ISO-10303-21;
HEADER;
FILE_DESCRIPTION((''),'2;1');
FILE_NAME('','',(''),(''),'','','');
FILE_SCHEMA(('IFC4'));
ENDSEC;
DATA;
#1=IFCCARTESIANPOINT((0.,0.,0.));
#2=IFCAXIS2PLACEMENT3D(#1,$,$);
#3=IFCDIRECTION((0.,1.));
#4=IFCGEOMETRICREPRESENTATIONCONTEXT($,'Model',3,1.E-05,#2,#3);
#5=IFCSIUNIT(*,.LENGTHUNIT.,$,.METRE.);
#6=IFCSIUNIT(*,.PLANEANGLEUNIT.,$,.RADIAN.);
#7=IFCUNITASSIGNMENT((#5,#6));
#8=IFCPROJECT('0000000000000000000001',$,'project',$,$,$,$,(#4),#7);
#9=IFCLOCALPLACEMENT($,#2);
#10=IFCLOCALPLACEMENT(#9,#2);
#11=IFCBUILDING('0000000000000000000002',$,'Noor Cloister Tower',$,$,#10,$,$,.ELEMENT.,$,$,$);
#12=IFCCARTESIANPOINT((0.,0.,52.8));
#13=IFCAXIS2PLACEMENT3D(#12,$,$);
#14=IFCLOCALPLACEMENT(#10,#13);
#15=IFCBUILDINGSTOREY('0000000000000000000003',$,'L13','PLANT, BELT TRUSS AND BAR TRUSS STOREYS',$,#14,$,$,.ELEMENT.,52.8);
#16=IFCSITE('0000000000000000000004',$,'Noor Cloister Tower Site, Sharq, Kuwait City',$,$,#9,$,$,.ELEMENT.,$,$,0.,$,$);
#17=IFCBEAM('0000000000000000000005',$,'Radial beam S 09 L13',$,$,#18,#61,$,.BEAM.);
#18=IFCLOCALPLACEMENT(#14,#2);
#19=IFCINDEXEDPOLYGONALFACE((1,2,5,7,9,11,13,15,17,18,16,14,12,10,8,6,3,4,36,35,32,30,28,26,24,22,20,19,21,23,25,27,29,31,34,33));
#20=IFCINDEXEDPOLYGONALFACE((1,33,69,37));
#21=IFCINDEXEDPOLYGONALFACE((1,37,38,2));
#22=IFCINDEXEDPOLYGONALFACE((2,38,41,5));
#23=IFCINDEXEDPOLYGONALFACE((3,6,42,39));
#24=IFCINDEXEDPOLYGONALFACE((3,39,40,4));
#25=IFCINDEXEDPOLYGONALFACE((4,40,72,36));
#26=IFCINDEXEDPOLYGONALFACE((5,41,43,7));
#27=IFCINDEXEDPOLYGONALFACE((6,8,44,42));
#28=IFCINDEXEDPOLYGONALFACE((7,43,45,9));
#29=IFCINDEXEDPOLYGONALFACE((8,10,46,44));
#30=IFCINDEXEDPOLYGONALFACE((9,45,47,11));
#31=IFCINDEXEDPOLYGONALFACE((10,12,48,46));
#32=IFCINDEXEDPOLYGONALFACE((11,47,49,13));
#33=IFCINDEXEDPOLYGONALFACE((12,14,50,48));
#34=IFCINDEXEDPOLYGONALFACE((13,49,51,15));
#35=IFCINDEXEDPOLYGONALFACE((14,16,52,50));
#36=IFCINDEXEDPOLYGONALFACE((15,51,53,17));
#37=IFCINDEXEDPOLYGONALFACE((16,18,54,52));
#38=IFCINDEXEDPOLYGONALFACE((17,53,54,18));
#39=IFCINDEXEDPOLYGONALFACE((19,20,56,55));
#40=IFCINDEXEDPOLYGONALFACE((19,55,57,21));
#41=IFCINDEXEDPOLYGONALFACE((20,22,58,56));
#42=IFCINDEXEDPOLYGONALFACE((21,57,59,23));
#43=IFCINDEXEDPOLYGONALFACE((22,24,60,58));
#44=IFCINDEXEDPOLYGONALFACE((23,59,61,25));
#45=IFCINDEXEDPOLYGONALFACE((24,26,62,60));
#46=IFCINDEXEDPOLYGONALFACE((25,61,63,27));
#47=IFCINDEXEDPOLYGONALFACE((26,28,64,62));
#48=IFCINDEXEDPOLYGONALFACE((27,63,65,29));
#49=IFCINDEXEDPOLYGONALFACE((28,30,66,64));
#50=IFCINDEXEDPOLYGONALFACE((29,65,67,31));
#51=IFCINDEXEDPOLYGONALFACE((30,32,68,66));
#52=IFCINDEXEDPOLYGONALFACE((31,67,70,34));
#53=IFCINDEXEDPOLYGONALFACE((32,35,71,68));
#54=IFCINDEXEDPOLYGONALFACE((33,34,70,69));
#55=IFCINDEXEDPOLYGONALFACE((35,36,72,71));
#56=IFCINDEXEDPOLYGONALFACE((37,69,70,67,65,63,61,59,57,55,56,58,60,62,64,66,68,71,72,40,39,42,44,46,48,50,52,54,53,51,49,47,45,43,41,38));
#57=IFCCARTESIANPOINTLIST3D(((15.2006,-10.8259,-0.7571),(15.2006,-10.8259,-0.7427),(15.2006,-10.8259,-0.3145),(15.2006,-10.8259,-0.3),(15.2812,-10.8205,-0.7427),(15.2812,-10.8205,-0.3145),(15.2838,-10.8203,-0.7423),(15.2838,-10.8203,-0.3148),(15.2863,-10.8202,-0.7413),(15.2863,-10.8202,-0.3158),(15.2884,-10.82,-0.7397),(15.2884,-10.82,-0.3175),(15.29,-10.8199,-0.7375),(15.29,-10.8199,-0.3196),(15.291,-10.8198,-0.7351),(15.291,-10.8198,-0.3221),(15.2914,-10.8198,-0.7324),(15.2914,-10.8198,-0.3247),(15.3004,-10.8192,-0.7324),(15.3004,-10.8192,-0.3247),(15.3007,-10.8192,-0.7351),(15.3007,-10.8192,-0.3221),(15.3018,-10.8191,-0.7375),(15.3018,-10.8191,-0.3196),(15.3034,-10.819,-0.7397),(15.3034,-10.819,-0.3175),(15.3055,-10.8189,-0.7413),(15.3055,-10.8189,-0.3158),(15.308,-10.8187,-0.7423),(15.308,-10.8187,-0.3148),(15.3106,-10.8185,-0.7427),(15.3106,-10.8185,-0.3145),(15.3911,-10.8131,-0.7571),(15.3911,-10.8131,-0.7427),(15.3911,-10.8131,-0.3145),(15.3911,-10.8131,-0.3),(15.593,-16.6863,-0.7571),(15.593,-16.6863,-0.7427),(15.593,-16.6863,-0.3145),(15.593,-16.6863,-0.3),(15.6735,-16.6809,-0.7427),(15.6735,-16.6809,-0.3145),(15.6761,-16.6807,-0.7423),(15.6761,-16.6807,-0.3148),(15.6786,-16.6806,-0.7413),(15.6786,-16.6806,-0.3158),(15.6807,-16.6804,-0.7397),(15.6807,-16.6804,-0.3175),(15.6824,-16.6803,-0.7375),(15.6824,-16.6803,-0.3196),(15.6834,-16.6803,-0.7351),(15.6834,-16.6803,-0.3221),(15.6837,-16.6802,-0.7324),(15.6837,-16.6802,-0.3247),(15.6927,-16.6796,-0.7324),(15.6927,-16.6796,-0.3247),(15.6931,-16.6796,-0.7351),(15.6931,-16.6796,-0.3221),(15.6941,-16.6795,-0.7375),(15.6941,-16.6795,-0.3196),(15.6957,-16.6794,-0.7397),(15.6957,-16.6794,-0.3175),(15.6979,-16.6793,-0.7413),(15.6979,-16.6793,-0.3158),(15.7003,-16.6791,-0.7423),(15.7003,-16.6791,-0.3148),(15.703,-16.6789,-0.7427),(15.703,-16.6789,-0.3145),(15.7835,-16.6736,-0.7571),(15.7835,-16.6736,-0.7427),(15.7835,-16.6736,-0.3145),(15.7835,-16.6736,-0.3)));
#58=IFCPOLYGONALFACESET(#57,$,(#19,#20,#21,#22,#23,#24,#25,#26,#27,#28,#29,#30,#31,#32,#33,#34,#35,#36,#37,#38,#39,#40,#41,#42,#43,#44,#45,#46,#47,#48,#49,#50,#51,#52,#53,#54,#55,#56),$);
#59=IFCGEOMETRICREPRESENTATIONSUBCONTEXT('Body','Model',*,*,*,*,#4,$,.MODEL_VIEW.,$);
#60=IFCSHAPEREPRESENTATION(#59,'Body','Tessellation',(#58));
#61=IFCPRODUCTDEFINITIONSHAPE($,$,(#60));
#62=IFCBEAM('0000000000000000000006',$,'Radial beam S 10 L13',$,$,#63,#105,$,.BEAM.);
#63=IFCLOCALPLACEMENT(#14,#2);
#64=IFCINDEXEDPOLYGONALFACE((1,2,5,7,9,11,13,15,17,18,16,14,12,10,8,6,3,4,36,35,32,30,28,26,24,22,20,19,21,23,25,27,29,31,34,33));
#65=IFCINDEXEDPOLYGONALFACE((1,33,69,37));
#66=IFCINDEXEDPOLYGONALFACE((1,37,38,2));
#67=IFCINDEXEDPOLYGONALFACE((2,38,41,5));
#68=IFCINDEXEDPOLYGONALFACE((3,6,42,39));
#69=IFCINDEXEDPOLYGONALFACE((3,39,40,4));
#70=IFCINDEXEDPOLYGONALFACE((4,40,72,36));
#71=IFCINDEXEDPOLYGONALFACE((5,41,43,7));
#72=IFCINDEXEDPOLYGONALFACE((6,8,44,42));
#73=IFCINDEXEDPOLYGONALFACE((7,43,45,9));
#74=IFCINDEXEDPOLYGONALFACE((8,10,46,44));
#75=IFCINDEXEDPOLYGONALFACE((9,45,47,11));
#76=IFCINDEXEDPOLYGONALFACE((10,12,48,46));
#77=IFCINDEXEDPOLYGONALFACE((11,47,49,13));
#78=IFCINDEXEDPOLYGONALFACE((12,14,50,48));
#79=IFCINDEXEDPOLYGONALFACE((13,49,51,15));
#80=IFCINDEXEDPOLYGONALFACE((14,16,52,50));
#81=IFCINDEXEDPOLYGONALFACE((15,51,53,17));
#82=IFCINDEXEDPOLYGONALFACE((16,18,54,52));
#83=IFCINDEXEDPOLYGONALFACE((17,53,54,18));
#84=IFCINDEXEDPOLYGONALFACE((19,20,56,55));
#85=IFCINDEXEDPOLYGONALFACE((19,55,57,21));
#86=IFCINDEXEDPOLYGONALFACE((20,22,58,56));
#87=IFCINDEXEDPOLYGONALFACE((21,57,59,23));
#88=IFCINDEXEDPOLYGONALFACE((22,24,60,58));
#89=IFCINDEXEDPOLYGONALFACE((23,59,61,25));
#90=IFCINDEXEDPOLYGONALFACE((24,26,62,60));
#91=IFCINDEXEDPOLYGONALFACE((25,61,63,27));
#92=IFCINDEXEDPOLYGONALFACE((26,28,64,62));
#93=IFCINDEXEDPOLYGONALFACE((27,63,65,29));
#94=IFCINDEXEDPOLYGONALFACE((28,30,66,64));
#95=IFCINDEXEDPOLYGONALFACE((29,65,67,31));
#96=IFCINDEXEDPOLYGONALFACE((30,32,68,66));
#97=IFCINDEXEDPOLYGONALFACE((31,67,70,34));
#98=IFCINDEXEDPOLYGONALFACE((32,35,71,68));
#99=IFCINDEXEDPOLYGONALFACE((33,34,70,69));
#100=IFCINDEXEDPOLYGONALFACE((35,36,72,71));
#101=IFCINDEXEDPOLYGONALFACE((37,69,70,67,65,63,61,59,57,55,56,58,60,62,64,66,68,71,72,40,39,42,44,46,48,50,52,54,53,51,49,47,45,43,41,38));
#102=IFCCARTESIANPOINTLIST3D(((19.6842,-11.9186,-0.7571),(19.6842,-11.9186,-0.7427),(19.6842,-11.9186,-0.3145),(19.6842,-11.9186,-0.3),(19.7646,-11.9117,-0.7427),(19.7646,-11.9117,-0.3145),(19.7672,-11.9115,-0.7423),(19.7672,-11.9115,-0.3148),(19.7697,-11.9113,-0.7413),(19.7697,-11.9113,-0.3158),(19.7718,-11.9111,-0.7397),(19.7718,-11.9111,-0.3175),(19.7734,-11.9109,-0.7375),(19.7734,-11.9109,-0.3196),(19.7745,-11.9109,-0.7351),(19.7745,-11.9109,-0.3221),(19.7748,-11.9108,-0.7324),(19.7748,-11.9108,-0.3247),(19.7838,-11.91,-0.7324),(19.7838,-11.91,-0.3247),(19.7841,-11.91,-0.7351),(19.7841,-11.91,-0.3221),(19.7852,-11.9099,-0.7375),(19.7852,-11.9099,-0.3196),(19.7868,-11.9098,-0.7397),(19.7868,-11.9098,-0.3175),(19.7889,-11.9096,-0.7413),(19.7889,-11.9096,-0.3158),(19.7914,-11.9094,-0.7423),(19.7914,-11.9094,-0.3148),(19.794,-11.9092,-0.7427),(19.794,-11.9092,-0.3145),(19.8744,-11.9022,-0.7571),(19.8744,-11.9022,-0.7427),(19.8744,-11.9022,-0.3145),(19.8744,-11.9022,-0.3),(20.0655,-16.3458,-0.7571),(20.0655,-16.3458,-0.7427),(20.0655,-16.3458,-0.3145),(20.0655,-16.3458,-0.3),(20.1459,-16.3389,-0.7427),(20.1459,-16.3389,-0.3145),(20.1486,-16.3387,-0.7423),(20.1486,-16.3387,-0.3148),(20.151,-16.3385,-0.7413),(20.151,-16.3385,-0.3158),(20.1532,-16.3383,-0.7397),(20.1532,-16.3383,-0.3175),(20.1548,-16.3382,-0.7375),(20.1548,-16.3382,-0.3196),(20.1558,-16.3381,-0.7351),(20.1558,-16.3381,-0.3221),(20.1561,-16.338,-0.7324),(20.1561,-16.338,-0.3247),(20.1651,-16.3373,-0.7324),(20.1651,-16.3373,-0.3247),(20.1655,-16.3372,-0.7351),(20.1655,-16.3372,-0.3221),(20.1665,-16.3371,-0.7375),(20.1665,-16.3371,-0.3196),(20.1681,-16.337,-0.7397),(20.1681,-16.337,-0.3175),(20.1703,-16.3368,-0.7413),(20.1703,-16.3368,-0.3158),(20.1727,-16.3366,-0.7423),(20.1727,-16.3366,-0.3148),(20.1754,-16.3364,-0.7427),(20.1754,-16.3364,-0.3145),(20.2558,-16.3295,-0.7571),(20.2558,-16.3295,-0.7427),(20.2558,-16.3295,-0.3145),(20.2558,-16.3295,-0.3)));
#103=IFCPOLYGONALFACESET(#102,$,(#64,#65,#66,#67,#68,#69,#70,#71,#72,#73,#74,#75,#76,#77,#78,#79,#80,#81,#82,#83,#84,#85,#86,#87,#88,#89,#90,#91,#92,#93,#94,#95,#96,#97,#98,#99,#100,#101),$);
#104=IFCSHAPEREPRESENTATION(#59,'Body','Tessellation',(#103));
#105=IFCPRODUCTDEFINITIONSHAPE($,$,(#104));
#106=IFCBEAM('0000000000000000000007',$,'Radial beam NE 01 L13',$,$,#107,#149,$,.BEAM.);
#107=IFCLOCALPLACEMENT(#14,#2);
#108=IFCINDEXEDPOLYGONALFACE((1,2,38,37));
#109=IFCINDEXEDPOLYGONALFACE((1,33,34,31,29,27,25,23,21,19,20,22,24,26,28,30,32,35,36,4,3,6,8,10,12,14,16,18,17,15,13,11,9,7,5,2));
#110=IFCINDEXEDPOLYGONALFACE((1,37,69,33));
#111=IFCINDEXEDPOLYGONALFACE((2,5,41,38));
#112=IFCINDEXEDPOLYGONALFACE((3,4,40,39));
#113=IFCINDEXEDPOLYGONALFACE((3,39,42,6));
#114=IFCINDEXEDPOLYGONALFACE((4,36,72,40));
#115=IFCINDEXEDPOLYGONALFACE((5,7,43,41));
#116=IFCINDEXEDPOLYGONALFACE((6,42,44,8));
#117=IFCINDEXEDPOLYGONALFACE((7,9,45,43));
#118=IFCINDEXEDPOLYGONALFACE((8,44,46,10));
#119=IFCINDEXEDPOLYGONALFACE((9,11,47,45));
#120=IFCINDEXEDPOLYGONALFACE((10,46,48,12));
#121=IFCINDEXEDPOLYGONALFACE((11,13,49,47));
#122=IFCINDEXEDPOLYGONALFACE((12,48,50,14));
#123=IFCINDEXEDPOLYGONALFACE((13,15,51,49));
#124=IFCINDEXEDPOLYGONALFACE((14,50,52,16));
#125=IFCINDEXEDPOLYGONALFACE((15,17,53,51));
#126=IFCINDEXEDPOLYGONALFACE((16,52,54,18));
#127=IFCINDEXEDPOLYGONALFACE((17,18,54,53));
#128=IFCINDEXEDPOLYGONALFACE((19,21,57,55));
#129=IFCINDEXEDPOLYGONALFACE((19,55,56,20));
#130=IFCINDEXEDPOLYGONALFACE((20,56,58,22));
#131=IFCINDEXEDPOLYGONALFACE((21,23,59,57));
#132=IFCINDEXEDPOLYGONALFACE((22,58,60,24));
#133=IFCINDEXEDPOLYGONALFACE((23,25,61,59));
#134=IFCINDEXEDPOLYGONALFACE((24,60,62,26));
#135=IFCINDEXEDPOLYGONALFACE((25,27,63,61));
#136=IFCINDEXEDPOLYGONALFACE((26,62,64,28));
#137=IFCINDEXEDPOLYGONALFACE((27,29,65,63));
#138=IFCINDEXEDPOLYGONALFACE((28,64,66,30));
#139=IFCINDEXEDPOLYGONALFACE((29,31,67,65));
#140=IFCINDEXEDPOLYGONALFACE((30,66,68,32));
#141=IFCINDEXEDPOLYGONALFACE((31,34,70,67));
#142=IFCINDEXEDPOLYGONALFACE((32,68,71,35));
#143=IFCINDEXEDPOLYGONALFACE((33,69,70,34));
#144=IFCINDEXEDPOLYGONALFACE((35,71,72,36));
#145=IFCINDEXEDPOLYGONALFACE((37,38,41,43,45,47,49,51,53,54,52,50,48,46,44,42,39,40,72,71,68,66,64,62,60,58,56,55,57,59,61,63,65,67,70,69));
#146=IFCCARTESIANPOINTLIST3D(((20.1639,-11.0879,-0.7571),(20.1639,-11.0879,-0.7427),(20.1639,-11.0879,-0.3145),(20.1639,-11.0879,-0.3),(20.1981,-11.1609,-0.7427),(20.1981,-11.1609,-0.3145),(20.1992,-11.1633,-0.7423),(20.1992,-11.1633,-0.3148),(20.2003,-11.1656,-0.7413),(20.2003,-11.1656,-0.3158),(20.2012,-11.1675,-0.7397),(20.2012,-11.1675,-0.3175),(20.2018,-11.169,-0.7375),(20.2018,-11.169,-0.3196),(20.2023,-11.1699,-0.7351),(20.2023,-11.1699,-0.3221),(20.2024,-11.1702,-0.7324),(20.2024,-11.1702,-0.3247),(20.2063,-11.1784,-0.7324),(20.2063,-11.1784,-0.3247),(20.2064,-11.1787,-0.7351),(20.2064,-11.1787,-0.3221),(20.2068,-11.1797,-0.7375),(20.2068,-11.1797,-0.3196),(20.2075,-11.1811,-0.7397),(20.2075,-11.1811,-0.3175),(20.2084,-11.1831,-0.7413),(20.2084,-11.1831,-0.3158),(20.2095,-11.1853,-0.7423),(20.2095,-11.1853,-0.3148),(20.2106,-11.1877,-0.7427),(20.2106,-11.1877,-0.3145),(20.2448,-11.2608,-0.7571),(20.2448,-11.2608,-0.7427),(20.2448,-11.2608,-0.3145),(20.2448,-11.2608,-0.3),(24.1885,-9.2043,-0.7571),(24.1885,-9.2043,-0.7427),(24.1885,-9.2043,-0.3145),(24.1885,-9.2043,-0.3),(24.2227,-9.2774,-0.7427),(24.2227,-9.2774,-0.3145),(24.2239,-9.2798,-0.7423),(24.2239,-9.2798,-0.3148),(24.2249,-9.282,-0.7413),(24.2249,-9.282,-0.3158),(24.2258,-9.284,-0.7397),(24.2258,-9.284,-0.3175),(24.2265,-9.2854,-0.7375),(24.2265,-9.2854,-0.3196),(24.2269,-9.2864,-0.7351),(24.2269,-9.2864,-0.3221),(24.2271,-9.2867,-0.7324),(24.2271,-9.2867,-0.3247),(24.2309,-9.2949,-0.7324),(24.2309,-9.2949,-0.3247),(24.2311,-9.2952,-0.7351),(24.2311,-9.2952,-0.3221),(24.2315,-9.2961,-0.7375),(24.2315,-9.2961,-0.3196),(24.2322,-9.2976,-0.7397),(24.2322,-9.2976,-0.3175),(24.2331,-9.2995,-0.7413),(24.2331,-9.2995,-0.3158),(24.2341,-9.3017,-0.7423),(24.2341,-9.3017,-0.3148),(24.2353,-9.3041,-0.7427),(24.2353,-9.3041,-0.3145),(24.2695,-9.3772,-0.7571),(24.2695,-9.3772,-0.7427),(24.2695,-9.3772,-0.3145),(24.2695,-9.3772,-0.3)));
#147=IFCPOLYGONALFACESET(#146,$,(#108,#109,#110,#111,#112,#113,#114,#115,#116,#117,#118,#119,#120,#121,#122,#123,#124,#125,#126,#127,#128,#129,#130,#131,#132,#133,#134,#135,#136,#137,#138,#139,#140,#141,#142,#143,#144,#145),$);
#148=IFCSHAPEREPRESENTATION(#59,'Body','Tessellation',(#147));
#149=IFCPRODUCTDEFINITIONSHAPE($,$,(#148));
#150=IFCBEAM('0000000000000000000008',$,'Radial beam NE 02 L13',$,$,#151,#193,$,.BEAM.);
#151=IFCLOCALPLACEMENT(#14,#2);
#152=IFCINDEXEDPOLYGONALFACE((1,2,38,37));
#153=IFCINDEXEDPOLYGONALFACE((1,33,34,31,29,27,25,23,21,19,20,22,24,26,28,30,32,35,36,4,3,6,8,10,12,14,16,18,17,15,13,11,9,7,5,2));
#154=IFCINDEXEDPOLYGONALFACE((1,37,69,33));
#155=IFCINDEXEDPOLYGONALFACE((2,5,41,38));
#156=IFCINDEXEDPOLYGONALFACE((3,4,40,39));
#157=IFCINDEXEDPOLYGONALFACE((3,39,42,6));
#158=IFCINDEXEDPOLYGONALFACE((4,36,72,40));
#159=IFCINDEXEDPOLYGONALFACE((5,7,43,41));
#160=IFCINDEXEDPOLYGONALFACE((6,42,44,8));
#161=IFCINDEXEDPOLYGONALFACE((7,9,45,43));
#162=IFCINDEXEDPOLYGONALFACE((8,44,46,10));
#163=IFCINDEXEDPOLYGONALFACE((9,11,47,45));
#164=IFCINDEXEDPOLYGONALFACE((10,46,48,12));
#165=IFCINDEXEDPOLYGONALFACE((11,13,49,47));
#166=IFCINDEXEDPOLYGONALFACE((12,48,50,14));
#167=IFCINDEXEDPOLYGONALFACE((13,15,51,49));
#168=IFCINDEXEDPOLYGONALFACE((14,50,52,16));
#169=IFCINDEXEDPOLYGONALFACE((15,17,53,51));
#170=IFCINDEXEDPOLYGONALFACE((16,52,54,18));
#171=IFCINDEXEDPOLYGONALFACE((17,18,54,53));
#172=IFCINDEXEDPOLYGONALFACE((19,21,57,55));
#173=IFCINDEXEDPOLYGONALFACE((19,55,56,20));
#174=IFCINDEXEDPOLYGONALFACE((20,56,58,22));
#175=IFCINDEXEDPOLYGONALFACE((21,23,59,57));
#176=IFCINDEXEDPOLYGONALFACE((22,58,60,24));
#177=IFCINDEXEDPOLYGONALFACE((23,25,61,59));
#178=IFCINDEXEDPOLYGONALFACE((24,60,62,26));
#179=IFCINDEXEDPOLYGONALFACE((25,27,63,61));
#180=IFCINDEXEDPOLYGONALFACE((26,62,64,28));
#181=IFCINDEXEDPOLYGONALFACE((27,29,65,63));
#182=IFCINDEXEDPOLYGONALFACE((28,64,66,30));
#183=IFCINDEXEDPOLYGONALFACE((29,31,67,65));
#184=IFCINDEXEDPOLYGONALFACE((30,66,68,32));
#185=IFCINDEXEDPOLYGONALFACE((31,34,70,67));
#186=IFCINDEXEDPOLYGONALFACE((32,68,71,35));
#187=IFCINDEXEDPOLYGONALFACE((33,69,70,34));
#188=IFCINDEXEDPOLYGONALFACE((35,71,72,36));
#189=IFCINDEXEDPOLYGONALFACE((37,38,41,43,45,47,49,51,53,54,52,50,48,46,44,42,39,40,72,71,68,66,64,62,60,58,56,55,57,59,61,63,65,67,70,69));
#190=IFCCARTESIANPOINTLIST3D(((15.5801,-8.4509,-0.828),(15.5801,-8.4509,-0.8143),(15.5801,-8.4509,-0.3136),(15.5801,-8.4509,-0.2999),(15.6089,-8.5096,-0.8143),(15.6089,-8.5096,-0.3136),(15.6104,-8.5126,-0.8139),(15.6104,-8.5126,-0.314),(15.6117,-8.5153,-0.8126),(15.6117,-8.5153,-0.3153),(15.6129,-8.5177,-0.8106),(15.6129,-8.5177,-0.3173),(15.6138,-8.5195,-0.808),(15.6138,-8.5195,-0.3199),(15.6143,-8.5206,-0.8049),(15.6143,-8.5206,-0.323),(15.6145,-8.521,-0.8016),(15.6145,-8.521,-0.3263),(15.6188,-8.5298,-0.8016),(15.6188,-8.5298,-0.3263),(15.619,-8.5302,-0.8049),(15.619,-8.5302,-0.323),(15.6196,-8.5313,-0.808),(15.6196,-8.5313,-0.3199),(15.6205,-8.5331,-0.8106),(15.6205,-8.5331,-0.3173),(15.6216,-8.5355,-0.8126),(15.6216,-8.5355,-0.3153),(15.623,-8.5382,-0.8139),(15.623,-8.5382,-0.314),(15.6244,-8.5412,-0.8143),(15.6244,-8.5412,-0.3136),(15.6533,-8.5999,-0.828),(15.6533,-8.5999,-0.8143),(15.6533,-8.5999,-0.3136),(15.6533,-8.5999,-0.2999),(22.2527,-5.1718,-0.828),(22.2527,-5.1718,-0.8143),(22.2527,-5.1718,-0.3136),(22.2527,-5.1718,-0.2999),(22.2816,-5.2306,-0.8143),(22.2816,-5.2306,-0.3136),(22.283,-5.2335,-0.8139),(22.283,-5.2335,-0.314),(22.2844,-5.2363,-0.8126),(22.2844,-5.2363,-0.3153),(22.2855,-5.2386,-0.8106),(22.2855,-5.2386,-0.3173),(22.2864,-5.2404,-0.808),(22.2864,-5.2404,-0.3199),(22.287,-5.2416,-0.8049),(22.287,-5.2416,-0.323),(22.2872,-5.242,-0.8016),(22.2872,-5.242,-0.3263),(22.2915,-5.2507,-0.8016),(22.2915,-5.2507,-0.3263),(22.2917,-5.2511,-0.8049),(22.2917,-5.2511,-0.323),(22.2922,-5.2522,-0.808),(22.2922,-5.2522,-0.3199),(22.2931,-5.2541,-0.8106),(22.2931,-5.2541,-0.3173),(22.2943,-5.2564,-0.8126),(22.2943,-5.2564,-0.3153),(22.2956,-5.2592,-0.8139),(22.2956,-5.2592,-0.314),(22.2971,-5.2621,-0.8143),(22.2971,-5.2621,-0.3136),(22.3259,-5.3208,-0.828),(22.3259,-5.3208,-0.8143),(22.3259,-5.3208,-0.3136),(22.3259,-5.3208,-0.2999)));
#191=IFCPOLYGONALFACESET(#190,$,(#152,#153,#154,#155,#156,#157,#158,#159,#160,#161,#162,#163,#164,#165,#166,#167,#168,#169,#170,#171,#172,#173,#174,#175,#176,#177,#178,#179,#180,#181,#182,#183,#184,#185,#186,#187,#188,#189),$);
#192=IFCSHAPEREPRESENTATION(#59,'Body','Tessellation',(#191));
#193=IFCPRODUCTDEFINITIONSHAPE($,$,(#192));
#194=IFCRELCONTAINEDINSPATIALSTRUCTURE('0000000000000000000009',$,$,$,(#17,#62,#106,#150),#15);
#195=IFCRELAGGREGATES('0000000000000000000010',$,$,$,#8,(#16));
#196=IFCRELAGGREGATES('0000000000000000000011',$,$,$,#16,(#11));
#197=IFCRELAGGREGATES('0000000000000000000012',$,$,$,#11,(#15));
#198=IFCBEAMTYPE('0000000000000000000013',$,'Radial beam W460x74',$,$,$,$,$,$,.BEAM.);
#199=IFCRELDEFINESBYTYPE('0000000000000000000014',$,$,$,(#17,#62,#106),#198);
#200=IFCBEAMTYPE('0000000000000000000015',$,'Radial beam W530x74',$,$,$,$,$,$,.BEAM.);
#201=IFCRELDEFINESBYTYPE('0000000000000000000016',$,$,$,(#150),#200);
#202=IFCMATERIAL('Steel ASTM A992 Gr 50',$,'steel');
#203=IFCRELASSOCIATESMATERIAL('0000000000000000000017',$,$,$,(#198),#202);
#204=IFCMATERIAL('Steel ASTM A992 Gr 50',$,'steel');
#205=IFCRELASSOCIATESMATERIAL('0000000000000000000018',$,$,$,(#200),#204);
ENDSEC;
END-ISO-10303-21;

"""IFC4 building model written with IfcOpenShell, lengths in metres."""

from ifc_helpers import new_model, si_unit, direction, frame, origin, origin_2d, place, context, subcontext, project, spatial, i_section, extrude, material, material_profile, profile_set, type_object, element, save


model = new_model("IFC4")

# Units and contexts
model_context = context("Model", 3, precision=1e-05, world=origin(), true_north=direction((0.0, 1.0)))
body_context = subcontext(model_context, "Body", "Model", "MODEL_VIEW")
ifc_project = project(units=[si_unit("LENGTHUNIT", "METRE"), si_unit("PLANEANGLEUNIT", "RADIAN")], contexts=[model_context])

# Site, building, storey
site_placement = place(None, origin())
site = spatial("IfcSite", under=ifc_project, at=site_placement, Name="Noor Cloister Tower Site, Sharq, Kuwait City", CompositionType="ELEMENT", RefElevation=0.0)
building_placement = place(site_placement, origin())
building = spatial("IfcBuilding", under=site, at=building_placement, Name="Noor Cloister Tower", CompositionType="ELEMENT")
storey_placement = place(building_placement, frame((0.0, 0.0, 52.8)))
storey = spatial("IfcBuildingStorey", under=building, at=storey_placement, Name="L13", Description="PLANT, BELT TRUSS AND BAR TRUSS STOREYS", CompositionType="ELEMENT", Elevation=52.8)

# Beams
ifc_material_1 = material(Name="Steel ASTM A992 Gr 50", Category="steel")
ifc_material_profile_1 = material_profile(ifc_material_1, i_section(OverallWidth=0.1909, OverallDepth=0.457, WebThickness=0.009, FlangeThickness=0.0144, FilletRadius=0.0103, at=origin_2d()), Name="W460x74")
ifc_profile_set_1 = profile_set([ifc_material_profile_1], Name="Steel ASTM A992 Gr 50")
beam_type_1 = type_object("IfcBeamType", Name="Radial beam W460x74", PredefinedType="BEAM", material=ifc_profile_set_1)
beam_1_placement = place(storey_placement, frame((15.6882, -16.6799, -0.5286), z_axis=(-0.066798, 0.997767, 0.0), x_axis=(-0.997767, -0.066798, 0.0)))
element("IfcBeam", 1, at=beam_1_placement, inside=storey, type_object=beam_type_1, Name="Radial beam S 09 L13", PredefinedType="BEAM", context=body_context, shape_type="SweptSolid", body=[
    extrude(i_section(OverallWidth=0.1909, OverallDepth=0.457, WebThickness=0.009, FlangeThickness=0.0144, FilletRadius=0.0103, at=origin_2d()), origin(), (0.0, 0.0, 1.0), 5.8735),
])
for number, where, z_axis, x_axis, name in (
    (2, (20.1606, -16.3376, -0.5286), (-0.085819, 0.996311, 0.0), (-0.996311, -0.085819, 0.0), "Radial beam S 10 L13"),
    (3, (24.229, -9.2908, -0.5286), (-0.905719, -0.423878, 0.0), (0.423878, -0.905719, 0.0), "Radial beam NE 01 L13"),
):
    element("IfcBeam", number, at=place(storey_placement, frame(where, z_axis=z_axis, x_axis=x_axis)), inside=storey, type_object=beam_type_1, Name=name, PredefinedType="BEAM", context=body_context, shape_type="SweptSolid", body=[
        extrude(i_section(OverallWidth=0.1909, OverallDepth=0.457, WebThickness=0.009, FlangeThickness=0.0144, FilletRadius=0.0103, at=origin_2d()), origin(), (0.0, 0.0, 1.0), 4.4436),
    ])
ifc_material_2 = material(Name="Steel ASTM A992 Gr 50", Category="steel")
ifc_material_profile_2 = material_profile(ifc_material_2, i_section(OverallWidth=0.166, OverallDepth=0.5281, WebThickness=0.0098, FlangeThickness=0.0137, FilletRadius=0.0127, at=origin_2d()), Name="W530x74")
ifc_profile_set_2 = profile_set([ifc_material_profile_2], Name="Steel ASTM A992 Gr 50")
beam_type_2 = type_object("IfcBeamType", Name="Radial beam W530x74", PredefinedType="BEAM", material=ifc_profile_set_2)
beam_2_placement = place(storey_placement, frame((22.2893, -5.2463, -0.564), z_axis=(-0.897486, -0.441043, 0.0), x_axis=(0.441043, -0.897486, 0.0)))
element("IfcBeam", 4, at=beam_2_placement, inside=storey, type_object=beam_type_2, Name="Radial beam NE 02 L13", PredefinedType="BEAM", context=body_context, shape_type="SweptSolid", body=[
    extrude(i_section(OverallWidth=0.166, OverallDepth=0.5281, WebThickness=0.0098, FlangeThickness=0.0137, FilletRadius=0.0127, at=origin_2d()), origin(), (0.0, 0.0, 1.0), 7.4348),
])

save(model, "model.ifc")
